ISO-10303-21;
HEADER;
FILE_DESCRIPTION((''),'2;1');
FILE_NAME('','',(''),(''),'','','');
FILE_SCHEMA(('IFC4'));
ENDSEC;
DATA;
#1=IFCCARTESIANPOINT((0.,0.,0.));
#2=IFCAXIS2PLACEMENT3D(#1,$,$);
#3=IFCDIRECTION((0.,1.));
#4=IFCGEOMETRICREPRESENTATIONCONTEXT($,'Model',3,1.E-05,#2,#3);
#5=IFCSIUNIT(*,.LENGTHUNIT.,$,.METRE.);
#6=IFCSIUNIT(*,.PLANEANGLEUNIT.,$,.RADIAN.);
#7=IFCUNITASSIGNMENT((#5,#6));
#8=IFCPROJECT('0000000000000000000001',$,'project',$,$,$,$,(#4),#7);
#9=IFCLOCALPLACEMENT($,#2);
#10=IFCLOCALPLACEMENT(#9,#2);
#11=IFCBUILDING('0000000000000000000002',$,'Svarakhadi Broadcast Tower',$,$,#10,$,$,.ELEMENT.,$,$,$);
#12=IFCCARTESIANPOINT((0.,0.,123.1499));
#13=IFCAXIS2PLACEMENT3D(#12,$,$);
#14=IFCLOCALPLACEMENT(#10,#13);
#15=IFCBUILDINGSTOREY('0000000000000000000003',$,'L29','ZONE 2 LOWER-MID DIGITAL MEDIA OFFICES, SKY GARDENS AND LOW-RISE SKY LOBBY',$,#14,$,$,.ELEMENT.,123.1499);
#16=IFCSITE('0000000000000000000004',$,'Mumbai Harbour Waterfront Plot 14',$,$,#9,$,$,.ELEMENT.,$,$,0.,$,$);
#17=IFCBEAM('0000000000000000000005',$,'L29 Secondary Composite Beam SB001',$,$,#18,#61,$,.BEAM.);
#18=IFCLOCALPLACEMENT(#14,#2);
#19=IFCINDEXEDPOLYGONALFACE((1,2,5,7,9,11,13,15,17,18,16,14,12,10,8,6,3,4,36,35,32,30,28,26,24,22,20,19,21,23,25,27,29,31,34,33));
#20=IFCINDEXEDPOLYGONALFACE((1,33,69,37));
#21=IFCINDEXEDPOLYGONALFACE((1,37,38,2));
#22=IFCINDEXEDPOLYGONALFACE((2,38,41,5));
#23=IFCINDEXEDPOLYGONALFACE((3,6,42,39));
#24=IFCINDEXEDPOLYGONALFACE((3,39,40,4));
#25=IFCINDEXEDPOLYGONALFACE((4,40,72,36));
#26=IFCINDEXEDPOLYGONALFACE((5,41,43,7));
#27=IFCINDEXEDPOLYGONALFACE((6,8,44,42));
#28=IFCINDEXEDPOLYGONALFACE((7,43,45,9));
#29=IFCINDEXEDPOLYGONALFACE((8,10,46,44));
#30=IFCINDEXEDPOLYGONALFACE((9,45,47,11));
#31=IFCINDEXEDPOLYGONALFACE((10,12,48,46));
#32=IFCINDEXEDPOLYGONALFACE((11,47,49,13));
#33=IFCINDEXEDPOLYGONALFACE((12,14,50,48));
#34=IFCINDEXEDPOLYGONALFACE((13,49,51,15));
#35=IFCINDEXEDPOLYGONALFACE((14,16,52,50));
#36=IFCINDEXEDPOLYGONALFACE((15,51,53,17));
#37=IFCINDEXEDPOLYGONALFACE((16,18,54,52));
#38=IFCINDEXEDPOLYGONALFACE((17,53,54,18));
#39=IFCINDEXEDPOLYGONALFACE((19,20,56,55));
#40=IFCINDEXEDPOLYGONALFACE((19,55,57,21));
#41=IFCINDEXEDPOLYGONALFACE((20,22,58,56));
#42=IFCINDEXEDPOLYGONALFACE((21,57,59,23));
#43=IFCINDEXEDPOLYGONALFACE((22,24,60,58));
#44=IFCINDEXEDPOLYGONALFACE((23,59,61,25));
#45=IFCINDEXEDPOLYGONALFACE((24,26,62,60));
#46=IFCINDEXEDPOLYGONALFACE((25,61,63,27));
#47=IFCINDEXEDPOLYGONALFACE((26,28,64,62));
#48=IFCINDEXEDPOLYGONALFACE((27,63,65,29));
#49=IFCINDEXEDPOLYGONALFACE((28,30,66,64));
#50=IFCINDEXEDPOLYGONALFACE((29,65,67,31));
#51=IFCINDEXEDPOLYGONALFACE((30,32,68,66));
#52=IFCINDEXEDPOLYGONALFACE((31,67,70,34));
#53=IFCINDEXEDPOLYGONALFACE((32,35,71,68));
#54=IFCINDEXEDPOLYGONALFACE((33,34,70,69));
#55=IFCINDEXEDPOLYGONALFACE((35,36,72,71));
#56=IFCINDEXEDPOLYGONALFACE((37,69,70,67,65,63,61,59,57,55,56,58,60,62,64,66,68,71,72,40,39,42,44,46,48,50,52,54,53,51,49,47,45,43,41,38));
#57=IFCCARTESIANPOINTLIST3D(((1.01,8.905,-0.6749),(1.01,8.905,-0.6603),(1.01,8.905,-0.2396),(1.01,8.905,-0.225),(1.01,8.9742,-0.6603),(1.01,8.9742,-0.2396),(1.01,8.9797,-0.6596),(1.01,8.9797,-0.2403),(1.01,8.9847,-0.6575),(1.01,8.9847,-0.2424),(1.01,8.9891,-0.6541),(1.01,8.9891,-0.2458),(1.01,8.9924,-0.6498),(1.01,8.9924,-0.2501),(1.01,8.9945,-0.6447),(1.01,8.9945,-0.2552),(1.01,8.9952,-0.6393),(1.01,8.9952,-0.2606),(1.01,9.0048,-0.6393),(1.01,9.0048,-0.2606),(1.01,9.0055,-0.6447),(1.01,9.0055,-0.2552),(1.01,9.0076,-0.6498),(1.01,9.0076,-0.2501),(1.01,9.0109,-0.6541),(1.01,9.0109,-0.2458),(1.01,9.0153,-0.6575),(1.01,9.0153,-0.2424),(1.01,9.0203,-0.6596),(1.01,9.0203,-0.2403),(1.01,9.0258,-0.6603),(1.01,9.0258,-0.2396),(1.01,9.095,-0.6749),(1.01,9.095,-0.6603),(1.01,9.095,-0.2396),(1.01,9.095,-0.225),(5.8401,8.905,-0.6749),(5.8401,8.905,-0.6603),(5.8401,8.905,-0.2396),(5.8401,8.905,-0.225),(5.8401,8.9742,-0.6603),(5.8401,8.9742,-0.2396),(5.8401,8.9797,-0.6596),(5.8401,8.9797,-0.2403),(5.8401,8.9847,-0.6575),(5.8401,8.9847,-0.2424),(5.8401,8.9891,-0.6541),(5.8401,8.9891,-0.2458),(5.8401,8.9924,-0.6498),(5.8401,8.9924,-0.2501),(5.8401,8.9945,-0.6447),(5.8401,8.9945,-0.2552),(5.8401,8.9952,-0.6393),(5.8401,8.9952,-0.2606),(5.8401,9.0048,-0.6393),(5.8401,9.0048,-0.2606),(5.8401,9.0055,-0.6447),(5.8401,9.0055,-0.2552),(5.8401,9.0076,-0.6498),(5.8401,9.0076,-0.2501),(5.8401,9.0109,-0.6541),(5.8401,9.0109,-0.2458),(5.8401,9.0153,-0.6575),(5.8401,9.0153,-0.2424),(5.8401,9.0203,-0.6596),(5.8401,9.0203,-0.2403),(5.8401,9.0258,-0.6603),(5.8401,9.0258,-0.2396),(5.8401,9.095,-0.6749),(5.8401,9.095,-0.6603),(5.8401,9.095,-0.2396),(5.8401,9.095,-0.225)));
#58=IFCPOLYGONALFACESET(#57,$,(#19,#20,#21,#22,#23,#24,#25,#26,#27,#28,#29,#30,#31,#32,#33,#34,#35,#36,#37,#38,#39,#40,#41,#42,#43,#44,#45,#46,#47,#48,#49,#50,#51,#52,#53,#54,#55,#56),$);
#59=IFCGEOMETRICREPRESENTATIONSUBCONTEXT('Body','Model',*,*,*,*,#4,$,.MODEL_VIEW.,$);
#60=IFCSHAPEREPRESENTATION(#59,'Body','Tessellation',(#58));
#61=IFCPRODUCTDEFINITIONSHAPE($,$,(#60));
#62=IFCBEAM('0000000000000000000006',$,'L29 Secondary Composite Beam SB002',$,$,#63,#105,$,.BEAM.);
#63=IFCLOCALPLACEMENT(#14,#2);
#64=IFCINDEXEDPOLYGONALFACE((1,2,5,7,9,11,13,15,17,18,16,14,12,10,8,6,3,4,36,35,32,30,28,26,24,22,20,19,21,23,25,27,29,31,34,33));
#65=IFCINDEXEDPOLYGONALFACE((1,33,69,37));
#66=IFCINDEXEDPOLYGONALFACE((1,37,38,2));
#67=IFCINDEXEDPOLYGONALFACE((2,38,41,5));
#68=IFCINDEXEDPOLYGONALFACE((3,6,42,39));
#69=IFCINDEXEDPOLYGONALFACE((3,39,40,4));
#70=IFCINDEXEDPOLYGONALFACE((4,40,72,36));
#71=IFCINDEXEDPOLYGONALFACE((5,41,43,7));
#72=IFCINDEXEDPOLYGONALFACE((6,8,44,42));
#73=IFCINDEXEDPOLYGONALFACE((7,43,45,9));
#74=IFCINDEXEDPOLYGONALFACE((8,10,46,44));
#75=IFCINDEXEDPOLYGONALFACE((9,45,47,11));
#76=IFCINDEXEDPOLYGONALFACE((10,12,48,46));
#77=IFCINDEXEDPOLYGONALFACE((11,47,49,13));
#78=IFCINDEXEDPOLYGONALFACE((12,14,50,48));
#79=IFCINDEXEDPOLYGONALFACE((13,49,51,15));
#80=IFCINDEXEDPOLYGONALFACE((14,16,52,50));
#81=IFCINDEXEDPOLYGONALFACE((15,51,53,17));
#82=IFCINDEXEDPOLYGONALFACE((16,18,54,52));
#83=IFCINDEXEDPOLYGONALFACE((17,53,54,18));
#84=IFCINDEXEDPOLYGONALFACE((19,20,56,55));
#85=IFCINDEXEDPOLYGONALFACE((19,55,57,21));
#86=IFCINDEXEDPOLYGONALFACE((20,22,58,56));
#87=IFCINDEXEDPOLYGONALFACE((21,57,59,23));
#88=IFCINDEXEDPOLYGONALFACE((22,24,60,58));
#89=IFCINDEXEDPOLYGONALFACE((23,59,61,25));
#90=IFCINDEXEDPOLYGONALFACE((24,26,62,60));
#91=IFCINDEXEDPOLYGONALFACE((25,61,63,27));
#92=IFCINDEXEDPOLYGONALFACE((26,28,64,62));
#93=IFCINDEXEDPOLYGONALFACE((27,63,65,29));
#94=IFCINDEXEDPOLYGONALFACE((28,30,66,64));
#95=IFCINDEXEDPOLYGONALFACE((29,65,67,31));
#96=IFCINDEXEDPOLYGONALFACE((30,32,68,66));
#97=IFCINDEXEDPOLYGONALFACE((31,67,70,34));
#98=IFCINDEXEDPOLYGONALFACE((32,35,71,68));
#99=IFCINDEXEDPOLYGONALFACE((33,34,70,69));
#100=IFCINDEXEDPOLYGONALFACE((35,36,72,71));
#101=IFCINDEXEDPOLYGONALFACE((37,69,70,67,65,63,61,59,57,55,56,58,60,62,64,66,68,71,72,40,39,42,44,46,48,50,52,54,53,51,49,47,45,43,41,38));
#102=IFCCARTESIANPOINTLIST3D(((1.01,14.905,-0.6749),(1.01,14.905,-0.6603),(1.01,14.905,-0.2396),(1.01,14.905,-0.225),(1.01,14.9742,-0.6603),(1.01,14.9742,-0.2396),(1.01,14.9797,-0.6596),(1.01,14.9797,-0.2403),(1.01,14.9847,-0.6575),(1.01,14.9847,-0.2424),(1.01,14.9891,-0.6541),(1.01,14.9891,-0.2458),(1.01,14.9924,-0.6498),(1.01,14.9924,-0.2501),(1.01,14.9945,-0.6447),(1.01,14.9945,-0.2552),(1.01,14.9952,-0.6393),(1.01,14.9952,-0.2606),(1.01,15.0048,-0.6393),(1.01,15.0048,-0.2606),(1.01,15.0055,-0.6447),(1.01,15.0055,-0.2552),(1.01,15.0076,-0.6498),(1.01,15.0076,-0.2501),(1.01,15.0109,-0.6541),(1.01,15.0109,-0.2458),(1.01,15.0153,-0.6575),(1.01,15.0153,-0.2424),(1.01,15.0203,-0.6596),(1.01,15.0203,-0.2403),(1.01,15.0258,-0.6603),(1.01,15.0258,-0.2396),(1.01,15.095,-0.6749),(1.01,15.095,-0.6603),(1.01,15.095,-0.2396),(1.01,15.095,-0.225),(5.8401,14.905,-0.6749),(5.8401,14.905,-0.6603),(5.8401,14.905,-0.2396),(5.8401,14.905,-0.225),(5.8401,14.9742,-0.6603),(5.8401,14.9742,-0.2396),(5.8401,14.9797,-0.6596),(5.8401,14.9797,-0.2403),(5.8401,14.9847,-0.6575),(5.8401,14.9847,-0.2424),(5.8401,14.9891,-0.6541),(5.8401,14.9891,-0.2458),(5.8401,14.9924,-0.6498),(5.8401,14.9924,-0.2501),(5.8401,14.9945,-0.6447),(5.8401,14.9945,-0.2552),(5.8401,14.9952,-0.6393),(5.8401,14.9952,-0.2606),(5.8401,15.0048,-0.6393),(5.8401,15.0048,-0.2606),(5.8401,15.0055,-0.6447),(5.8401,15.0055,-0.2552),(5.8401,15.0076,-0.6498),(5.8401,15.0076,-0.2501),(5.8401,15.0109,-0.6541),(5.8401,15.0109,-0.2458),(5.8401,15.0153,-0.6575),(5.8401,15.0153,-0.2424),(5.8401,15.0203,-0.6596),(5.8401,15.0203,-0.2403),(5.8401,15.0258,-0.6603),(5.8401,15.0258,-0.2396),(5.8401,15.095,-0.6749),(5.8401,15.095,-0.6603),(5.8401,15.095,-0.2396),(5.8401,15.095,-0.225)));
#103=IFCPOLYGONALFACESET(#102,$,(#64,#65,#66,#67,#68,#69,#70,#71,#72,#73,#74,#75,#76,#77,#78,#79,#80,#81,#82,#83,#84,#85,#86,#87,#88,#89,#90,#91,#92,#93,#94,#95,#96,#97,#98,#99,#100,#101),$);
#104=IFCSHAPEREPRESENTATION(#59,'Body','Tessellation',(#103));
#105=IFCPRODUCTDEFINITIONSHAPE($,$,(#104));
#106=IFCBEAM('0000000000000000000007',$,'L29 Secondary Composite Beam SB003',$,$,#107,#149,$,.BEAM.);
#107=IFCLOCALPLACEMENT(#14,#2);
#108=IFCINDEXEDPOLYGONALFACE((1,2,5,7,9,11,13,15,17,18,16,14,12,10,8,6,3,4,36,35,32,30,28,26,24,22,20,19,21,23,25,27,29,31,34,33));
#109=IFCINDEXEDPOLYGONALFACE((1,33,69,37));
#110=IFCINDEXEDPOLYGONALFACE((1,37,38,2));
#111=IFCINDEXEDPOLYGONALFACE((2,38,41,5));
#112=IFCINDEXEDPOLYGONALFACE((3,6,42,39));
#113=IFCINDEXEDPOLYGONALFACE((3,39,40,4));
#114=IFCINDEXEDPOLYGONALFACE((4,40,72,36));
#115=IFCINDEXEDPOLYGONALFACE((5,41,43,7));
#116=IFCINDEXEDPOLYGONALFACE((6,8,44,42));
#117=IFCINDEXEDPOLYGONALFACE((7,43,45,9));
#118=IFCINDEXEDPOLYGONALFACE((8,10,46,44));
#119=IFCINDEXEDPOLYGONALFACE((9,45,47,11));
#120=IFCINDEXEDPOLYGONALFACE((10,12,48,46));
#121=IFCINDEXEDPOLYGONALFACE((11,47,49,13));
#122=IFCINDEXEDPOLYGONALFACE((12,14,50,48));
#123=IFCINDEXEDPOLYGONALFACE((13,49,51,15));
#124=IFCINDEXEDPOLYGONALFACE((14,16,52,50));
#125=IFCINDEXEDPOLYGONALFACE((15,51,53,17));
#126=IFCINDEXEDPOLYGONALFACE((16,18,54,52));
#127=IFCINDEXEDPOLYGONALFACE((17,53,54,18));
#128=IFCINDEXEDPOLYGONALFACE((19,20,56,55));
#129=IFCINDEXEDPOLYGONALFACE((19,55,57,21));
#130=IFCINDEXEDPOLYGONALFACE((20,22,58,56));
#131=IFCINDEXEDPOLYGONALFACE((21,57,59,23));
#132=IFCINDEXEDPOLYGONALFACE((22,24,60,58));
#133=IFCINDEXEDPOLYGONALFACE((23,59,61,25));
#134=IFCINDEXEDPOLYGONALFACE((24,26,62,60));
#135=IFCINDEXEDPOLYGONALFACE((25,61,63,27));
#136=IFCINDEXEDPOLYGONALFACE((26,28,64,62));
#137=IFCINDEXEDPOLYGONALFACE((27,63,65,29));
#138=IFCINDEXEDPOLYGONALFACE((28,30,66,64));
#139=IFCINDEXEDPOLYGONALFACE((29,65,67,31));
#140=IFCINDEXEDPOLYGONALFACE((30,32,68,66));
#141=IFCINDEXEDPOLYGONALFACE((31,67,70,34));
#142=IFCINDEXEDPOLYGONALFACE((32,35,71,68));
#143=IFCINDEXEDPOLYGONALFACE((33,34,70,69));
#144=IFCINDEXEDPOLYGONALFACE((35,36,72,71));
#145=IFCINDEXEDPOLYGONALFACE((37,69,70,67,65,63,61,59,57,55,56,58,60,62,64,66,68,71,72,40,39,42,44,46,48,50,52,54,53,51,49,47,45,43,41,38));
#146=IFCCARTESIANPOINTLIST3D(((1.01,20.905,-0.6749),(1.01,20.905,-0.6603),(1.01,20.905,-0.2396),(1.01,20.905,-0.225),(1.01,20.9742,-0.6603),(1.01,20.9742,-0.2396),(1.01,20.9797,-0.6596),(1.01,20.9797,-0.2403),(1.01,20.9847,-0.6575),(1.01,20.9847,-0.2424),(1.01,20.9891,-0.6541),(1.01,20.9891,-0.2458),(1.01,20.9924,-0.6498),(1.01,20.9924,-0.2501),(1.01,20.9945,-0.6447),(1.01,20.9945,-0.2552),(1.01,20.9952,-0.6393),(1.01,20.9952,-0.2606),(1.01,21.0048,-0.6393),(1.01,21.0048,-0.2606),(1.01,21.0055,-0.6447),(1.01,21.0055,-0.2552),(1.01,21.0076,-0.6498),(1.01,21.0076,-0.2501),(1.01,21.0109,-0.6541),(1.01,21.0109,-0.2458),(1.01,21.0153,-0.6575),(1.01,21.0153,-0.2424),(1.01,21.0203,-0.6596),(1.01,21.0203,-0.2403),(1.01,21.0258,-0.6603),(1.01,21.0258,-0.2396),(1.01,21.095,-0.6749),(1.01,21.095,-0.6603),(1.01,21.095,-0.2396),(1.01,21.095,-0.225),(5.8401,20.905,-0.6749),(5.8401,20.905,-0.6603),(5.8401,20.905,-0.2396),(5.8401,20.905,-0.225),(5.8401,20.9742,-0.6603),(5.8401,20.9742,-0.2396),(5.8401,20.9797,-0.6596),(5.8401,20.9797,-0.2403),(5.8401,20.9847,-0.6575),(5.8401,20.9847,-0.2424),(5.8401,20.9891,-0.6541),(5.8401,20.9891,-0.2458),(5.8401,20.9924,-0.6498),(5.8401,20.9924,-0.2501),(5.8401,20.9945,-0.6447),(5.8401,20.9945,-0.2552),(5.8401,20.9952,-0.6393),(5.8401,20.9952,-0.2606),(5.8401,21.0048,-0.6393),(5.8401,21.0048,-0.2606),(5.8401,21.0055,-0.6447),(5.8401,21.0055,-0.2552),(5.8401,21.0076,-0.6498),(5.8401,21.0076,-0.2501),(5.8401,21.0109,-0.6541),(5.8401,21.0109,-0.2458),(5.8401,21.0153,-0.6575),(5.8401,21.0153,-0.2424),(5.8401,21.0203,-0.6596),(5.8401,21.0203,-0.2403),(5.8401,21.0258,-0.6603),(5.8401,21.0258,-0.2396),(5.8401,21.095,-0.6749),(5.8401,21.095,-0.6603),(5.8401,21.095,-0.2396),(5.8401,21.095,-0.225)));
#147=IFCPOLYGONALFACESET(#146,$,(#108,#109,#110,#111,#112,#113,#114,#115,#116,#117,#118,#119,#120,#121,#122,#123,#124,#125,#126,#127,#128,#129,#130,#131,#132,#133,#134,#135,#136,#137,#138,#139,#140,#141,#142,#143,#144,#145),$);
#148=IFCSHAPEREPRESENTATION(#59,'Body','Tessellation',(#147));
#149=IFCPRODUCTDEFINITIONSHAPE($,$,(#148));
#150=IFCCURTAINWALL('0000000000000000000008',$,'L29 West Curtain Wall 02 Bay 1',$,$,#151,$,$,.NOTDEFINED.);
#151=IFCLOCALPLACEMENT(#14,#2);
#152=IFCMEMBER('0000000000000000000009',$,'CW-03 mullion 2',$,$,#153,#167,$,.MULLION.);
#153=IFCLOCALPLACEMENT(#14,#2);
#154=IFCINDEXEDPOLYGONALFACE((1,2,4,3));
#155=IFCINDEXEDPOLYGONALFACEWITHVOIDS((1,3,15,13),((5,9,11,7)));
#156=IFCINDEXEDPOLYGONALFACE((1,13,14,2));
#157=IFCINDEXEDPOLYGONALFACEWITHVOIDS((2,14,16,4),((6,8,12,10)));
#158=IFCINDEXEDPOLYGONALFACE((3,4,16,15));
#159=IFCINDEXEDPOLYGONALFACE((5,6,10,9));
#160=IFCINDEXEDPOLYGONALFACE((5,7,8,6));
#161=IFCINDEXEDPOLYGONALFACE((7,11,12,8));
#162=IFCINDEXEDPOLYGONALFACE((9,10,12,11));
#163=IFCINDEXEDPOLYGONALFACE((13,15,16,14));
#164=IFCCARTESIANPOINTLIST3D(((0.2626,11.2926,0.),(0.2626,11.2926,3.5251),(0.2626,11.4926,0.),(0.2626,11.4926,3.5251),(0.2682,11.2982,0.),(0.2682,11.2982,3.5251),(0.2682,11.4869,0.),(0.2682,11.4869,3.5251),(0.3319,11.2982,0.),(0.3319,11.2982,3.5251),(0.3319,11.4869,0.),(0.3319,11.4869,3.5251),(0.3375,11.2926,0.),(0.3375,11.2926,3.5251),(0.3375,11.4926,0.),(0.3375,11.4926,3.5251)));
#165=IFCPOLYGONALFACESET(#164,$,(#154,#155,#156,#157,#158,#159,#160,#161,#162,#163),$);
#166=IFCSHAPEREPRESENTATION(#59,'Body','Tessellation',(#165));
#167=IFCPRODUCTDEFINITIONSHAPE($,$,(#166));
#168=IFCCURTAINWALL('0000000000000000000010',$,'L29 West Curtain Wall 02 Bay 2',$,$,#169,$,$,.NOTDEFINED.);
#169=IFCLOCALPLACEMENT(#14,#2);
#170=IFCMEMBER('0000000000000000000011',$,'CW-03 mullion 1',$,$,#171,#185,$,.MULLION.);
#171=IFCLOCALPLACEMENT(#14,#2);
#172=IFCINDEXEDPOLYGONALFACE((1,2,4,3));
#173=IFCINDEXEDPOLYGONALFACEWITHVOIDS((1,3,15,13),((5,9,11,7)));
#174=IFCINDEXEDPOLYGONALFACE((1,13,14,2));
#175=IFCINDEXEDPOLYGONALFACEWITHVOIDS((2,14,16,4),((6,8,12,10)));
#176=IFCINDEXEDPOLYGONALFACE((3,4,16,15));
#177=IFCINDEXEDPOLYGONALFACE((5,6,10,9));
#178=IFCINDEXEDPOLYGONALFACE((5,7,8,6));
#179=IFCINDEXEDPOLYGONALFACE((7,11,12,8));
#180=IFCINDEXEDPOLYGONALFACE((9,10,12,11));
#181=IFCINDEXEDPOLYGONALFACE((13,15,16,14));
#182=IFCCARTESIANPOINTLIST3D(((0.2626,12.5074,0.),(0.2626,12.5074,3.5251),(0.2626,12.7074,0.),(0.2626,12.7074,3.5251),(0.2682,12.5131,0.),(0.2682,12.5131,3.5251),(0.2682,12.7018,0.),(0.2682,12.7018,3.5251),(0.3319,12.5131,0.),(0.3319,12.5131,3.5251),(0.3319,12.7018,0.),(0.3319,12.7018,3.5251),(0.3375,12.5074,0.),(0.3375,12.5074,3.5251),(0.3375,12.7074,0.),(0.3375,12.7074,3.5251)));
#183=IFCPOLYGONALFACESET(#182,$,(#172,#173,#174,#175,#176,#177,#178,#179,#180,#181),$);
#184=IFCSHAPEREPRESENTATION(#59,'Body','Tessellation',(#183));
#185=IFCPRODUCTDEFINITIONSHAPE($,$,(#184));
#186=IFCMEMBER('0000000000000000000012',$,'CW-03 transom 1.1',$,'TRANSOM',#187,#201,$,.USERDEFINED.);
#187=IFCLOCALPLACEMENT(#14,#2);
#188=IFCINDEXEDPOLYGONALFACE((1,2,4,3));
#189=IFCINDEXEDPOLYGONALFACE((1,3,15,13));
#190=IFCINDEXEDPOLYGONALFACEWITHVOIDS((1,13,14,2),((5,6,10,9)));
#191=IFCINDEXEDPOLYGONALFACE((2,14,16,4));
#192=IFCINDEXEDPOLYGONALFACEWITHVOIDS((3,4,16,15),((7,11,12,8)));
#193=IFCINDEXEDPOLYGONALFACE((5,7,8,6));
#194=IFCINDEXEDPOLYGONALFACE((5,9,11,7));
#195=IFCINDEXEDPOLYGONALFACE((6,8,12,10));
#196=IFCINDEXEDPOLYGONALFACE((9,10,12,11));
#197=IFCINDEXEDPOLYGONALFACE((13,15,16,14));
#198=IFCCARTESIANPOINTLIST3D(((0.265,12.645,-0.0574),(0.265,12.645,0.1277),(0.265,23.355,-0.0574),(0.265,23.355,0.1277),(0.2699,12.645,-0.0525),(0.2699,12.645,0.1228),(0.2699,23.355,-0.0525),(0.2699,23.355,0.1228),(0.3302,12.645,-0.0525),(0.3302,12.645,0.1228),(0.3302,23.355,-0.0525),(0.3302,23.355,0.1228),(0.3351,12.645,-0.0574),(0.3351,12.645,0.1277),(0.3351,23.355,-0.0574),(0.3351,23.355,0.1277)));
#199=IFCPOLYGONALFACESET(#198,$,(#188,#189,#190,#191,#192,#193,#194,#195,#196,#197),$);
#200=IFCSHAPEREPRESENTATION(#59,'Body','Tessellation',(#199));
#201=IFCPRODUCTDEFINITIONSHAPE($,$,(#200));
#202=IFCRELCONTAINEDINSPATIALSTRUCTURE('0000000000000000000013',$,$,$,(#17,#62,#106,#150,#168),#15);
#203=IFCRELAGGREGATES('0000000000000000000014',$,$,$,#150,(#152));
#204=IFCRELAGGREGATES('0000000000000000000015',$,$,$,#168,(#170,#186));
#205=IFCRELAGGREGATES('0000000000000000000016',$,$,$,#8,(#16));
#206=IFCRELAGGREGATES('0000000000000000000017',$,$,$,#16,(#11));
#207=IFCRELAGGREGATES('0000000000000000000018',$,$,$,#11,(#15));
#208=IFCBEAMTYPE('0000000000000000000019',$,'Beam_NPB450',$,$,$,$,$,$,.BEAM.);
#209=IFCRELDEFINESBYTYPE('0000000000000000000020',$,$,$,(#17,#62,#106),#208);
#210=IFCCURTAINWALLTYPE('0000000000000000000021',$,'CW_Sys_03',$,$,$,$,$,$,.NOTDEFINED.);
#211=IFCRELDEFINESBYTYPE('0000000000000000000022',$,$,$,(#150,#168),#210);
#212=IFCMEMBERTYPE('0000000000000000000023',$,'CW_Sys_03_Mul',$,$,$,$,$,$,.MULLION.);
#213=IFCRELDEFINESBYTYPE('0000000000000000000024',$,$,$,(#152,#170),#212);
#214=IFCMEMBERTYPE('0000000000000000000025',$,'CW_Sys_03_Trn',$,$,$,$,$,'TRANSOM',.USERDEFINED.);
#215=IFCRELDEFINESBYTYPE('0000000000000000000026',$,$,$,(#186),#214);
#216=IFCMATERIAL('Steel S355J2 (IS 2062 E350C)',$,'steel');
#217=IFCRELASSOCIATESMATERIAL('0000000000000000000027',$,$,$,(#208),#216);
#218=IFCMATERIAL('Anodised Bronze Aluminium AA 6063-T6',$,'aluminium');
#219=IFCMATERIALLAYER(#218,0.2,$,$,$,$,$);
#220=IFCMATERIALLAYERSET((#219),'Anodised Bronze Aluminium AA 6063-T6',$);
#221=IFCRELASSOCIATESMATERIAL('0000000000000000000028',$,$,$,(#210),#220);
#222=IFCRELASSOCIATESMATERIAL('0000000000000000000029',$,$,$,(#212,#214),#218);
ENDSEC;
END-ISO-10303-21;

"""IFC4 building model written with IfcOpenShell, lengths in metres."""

from ifc_helpers import new_model, si_unit, direction, frame, origin, origin_2d, place, context, subcontext, project, spatial, hollow_rectangle, i_section, extrude, material, layer, layer_set, material_profile, profile_set, type_object, element, aggregate, save


model = new_model("IFC4")

# Units and contexts
model_context = context("Model", 3, precision=1e-05, world=origin(), true_north=direction((0.0, 1.0)))
body_context = subcontext(model_context, "Body", "Model", "MODEL_VIEW")
ifc_project = project(units=[si_unit("LENGTHUNIT", "METRE"), si_unit("PLANEANGLEUNIT", "RADIAN")], contexts=[model_context])

# Site, building, storey
site_placement = place(None, origin())
site = spatial("IfcSite", under=ifc_project, at=site_placement, Name="Mumbai Harbour Waterfront Plot 14", CompositionType="ELEMENT", RefElevation=0.0)
building_placement = place(site_placement, origin())
building = spatial("IfcBuilding", under=site, at=building_placement, Name="Svarakhadi Broadcast Tower", CompositionType="ELEMENT")
storey_placement = place(building_placement, frame((0.0, 0.0, 123.1499)))
storey = spatial("IfcBuildingStorey", under=building, at=storey_placement, Name="L29", Description="ZONE 2 LOWER-MID DIGITAL MEDIA OFFICES, SKY GARDENS AND LOW-RISE SKY LOBBY", CompositionType="ELEMENT", Elevation=123.1499)

# Beams
ifc_material_1 = material(Name="Steel S355J2 (IS 2062 E350C)", Category="steel")
ifc_material_profile_1 = material_profile(ifc_material_1, i_section(OverallWidth=0.1899, OverallDepth=0.45, WebThickness=0.0095, FlangeThickness=0.0146, FilletRadius=0.021, at=origin_2d()), Name="NPB 450x190x78")
ifc_profile_set_1 = profile_set([ifc_material_profile_1], Name="Steel S355J2 (IS 2062 E350C)")
beam_type_1 = type_object("IfcBeamType", Name="Beam_NPB450", PredefinedType="BEAM", material=ifc_profile_set_1)
for number, where, z_axis, x_axis, name in (
    (1, (1.01, 9.0, -0.45), (1.0, 0.0, 0.0), (0.0, 1.0, 0.0), "L29 Secondary Composite Beam SB001"),
    (2, (1.01, 15.0, -0.45), (1.0, 0.0, 0.0), (0.0, 1.0, 0.0), "L29 Secondary Composite Beam SB002"),
    (3, (1.01, 21.0, -0.45), (1.0, 0.0, 0.0), (0.0, 1.0, 0.0), "L29 Secondary Composite Beam SB003"),
):
    element("IfcBeam", number, at=place(storey_placement, frame(where, z_axis=z_axis, x_axis=x_axis)), inside=storey, type_object=beam_type_1, Name=name, PredefinedType="BEAM", context=body_context, shape_type="SweptSolid", body=[
        extrude(i_section(OverallWidth=0.1899, OverallDepth=0.45, WebThickness=0.0095, FlangeThickness=0.0146, FilletRadius=0.021, at=origin_2d()), origin(), (0.0, 0.0, 1.0), 4.8301),
    ])

# Curtain wall, member
ifc_material_2 = material(Name="Anodised Bronze Aluminium AA 6063-T6", Category="aluminium")
ifc_layer_1 = layer(ifc_material_2, 0.2)
ifc_layer_set_1 = layer_set([ifc_layer_1], Name="Anodised Bronze Aluminium AA 6063-T6")
curtain_wall_type = type_object("IfcCurtainWallType", Name="CW_Sys_03", PredefinedType="NOTDEFINED", material=ifc_layer_set_1)
curtain_wall_1_placement = place(storey_placement, origin())
curtain_wall_1 = element("IfcCurtainWall", 4, at=curtain_wall_1_placement, inside=storey, type_object=curtain_wall_type, Name="L29 West Curtain Wall 02 Bay 1", PredefinedType="NOTDEFINED")
ifc_material_profile_2 = material_profile(ifc_material_2, hollow_rectangle(XDim=0.075, YDim=0.2, WallThickness=0.0056, at=origin_2d()), Name="ALU MULLION 200x75x6")
ifc_profile_set_2 = profile_set([ifc_material_profile_2], Name="Anodised Bronze Aluminium AA 6063-T6")
member_type_1 = type_object("IfcMemberType", Name="CW_Sys_03_Mul", PredefinedType="MULLION", material=ifc_profile_set_2)
member_1_placement = place(storey_placement, frame((0.3, 11.3926, 0.0), z_axis=(0.0, 0.0, 1.0), x_axis=(-1.0, 0.0, 0.0)))
member_1 = element("IfcMember", 5, at=member_1_placement, type_object=member_type_1, Name="CW-03 mullion 2", PredefinedType="MULLION", context=body_context, shape_type="SweptSolid", body=[
    extrude(hollow_rectangle(XDim=0.075, YDim=0.2, WallThickness=0.0056, at=origin_2d()), origin(), (0.0, 0.0, 1.0), 3.5251),
])
aggregate(curtain_wall_1, [member_1])

# Curtain wall, members
curtain_wall_2_placement = place(storey_placement, origin())
curtain_wall_2 = element("IfcCurtainWall", 6, at=curtain_wall_2_placement, inside=storey, type_object=curtain_wall_type, Name="L29 West Curtain Wall 02 Bay 2", PredefinedType="NOTDEFINED")
member_2_placement = place(storey_placement, frame((0.3, 12.6074, 0.0), z_axis=(0.0, 0.0, 1.0), x_axis=(-1.0, 0.0, 0.0)))
member_2 = element("IfcMember", 7, at=member_2_placement, type_object=member_type_1, Name="CW-03 mullion 1", PredefinedType="MULLION", context=body_context, shape_type="SweptSolid", body=[
    extrude(hollow_rectangle(XDim=0.075, YDim=0.2, WallThickness=0.0056, at=origin_2d()), origin(), (0.0, 0.0, 1.0), 3.5251),
])
ifc_material_profile_3 = material_profile(ifc_material_2, hollow_rectangle(XDim=0.0701, YDim=0.1851, WallThickness=0.0049, at=origin_2d()), Name="ALU TRANSOM 185x70x5")
ifc_profile_set_3 = profile_set([ifc_material_profile_3], Name="Anodised Bronze Aluminium AA 6063-T6")
member_type_2 = type_object("IfcMemberType", Name="CW_Sys_03_Trn", ElementType="TRANSOM", PredefinedType="USERDEFINED", material=ifc_profile_set_3)
member_3_placement = place(storey_placement, frame((0.3, 12.645, 0.0352), z_axis=(0.0, 1.0, 0.0), x_axis=(-1.0, 0.0, 0.0)))
member_3 = element("IfcMember", 8, at=member_3_placement, type_object=member_type_2, Name="CW-03 transom 1.1", ObjectType="TRANSOM", PredefinedType="USERDEFINED", context=body_context, shape_type="SweptSolid", body=[
    extrude(hollow_rectangle(XDim=0.0701, YDim=0.1851, WallThickness=0.0049, at=origin_2d()), origin(), (0.0, 0.0, 1.0), 10.71),
])

aggregate(curtain_wall_2, [member_2, member_3])

save(model, "model.ifc")
